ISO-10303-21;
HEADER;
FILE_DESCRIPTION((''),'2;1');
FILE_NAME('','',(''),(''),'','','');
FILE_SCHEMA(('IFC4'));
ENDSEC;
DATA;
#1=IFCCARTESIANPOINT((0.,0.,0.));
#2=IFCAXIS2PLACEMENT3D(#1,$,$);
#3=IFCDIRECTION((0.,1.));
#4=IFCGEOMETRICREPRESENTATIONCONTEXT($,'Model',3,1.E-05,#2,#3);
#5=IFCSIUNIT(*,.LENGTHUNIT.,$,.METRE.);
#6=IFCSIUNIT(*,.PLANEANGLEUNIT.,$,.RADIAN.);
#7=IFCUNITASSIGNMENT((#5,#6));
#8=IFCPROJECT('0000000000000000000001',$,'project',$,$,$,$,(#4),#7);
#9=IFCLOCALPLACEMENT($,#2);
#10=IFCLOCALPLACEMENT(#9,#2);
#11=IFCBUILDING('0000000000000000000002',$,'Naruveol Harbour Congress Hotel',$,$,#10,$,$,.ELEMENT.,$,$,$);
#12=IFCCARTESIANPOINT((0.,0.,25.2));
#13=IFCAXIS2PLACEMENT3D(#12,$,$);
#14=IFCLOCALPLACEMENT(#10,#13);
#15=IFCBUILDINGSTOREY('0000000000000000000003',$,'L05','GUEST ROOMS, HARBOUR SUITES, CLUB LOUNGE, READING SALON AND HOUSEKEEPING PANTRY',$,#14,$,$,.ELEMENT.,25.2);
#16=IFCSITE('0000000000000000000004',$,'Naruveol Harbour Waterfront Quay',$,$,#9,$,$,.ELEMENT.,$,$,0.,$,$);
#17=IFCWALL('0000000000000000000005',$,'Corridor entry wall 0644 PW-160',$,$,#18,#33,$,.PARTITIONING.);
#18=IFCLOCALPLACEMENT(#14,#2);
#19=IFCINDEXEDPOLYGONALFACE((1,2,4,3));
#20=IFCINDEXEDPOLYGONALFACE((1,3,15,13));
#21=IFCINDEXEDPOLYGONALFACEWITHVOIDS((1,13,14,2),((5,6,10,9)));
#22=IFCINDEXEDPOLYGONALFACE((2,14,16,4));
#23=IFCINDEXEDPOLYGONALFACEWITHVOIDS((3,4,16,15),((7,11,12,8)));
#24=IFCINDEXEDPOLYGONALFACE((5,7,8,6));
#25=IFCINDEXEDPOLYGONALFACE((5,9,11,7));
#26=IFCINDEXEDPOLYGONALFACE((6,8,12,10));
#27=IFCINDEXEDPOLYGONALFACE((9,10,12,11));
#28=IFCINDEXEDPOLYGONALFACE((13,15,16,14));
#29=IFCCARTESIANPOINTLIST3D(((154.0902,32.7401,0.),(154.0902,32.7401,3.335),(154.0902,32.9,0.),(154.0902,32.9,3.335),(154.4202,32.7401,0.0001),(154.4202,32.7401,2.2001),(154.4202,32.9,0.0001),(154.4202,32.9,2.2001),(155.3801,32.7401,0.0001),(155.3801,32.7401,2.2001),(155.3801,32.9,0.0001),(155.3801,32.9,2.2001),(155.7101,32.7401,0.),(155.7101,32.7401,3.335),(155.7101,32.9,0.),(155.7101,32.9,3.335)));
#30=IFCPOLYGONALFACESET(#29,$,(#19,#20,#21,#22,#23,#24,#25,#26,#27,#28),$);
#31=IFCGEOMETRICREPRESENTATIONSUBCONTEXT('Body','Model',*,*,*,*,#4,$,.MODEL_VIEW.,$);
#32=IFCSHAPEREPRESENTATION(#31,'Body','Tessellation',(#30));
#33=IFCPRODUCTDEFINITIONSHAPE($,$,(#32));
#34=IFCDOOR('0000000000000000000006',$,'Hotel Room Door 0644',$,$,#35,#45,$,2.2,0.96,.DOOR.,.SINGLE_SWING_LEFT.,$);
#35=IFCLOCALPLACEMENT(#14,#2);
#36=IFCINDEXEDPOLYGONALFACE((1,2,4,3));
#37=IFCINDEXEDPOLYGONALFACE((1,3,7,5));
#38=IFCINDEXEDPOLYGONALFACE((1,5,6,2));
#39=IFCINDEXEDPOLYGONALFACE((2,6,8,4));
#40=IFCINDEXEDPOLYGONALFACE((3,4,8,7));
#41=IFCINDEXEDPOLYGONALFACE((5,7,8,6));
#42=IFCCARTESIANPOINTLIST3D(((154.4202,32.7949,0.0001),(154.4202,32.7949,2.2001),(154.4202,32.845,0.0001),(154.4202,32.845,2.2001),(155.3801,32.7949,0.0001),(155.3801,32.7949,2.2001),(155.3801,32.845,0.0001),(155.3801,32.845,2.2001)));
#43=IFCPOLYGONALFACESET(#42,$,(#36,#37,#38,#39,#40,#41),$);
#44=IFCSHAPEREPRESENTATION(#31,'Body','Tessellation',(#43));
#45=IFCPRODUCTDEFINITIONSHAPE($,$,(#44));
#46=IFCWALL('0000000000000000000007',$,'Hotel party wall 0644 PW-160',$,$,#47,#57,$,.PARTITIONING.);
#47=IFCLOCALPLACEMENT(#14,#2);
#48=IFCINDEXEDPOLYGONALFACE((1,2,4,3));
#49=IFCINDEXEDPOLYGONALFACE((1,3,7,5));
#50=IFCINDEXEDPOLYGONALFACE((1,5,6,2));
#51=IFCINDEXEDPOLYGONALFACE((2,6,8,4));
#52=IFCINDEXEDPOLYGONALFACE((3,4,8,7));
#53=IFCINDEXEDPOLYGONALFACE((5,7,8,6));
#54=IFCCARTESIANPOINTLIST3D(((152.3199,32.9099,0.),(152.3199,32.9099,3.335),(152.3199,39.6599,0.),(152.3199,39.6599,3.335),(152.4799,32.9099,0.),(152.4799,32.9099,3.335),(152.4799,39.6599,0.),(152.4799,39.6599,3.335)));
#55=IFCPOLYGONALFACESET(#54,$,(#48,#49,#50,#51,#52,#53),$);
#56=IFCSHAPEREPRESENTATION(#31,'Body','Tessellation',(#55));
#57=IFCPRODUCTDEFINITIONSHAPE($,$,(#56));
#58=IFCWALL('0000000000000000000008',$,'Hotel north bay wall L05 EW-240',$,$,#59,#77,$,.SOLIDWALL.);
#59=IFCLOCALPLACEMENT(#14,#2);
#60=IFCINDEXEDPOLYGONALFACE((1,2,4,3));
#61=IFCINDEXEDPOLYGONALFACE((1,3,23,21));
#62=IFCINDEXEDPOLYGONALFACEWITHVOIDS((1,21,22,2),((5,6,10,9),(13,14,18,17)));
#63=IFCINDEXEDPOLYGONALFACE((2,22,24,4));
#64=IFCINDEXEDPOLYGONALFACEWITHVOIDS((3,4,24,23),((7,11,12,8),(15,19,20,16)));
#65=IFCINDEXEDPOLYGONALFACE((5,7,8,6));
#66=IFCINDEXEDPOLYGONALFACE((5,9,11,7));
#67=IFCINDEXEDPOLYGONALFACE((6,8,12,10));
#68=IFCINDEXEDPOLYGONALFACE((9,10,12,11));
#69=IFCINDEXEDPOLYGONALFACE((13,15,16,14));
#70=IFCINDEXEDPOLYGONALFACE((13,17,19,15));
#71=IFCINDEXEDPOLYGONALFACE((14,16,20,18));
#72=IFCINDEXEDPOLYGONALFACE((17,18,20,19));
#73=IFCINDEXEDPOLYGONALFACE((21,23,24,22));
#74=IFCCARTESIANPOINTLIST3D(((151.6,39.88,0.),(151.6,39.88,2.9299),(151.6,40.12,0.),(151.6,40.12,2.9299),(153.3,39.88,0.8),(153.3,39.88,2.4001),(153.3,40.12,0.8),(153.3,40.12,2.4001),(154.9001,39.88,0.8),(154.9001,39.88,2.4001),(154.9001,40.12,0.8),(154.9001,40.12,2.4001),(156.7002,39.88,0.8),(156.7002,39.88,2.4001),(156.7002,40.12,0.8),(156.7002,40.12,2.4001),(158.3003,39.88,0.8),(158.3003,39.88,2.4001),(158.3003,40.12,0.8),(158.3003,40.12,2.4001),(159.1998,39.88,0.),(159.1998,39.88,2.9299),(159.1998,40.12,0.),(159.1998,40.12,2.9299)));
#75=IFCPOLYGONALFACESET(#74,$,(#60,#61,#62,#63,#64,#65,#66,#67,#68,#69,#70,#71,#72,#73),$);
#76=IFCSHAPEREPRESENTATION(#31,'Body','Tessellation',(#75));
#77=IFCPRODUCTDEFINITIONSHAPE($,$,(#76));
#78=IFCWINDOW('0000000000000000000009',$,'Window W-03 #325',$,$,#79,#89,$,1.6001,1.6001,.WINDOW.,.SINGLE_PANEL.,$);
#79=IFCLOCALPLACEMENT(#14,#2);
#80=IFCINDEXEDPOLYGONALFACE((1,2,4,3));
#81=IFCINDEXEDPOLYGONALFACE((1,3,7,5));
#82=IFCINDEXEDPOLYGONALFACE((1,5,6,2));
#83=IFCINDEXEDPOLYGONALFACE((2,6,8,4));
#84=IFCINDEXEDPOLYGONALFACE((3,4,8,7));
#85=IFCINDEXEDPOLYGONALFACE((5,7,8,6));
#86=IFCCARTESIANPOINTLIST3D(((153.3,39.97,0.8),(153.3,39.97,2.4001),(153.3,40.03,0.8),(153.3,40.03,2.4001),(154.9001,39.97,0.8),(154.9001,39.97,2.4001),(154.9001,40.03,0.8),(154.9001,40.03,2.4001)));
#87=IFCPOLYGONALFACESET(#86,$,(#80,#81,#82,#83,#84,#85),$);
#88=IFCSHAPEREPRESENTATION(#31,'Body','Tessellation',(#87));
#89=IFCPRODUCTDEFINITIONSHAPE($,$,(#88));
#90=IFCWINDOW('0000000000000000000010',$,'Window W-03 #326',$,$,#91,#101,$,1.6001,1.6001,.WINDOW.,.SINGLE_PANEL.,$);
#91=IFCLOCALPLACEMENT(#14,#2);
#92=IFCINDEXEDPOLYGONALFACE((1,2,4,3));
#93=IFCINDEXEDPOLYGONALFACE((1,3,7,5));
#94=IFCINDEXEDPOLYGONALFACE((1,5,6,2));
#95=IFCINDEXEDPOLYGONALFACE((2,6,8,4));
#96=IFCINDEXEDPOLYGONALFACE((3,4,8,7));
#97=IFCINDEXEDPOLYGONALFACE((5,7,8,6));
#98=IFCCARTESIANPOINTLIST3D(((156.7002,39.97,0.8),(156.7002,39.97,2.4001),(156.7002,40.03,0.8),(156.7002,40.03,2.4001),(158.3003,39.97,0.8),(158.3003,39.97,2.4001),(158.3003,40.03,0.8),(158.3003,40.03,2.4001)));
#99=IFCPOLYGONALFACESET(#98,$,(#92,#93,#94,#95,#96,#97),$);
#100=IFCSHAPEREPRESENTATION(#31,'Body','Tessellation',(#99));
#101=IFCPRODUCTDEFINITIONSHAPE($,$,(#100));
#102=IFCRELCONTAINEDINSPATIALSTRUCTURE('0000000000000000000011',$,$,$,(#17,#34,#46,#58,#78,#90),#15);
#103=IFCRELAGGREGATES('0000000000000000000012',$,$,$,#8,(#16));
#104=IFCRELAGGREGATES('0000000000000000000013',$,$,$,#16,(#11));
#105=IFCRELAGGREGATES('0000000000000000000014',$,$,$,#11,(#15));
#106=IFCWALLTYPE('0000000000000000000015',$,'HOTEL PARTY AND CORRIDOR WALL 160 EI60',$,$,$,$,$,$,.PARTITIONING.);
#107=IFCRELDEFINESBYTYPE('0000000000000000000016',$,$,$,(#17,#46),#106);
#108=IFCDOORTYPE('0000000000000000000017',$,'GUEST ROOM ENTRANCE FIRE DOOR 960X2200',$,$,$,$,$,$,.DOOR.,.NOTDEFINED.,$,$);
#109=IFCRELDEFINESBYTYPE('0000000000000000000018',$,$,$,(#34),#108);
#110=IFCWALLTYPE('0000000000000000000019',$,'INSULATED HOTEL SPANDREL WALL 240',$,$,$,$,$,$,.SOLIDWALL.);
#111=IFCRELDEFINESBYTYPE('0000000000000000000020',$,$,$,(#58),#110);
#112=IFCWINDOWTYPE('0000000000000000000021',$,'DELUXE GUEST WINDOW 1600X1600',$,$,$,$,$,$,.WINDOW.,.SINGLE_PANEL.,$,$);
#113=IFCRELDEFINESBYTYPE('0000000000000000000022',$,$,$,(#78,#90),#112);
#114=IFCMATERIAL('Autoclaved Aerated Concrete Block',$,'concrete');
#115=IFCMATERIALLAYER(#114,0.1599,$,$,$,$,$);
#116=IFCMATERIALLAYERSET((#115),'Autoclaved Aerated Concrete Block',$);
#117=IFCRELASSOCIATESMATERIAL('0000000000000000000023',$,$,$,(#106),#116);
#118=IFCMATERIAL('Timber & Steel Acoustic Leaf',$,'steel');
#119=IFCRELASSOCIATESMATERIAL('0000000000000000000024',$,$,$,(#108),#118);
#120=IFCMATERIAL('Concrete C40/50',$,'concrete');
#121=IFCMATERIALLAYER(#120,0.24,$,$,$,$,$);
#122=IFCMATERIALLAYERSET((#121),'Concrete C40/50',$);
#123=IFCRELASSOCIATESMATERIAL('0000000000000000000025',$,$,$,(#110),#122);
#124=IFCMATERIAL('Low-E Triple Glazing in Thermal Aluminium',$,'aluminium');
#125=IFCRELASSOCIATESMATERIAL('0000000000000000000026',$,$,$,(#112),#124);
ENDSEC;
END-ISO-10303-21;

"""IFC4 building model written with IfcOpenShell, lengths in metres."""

from ifc_helpers import new_model, si_unit, direction, frame, frame_2d, origin, place, context, subcontext, project, spatial, rectangle, extrude, material, layer, layer_set, type_object, element, fill, save


model = new_model("IFC4")

# Units and contexts
model_context = context("Model", 3, precision=1e-05, world=origin(), true_north=direction((0.0, 1.0)))
body_context = subcontext(model_context, "Body", "Model", "MODEL_VIEW")
ifc_project = project(units=[si_unit("LENGTHUNIT", "METRE"), si_unit("PLANEANGLEUNIT", "RADIAN")], contexts=[model_context])

# Site, building, storey
site_placement = place(None, origin())
site = spatial("IfcSite", under=ifc_project, at=site_placement, Name="Naruveol Harbour Waterfront Quay", CompositionType="ELEMENT", RefElevation=0.0)
building_placement = place(site_placement, origin())
building = spatial("IfcBuilding", under=site, at=building_placement, Name="Naruveol Harbour Congress Hotel", CompositionType="ELEMENT")
storey_placement = place(building_placement, frame((0.0, 0.0, 25.2)))
storey = spatial("IfcBuildingStorey", under=building, at=storey_placement, Name="L05", Description="GUEST ROOMS, HARBOUR SUITES, CLUB LOUNGE, READING SALON AND HOUSEKEEPING PANTRY", CompositionType="ELEMENT", Elevation=25.2)

# Shared definitions
ifc_material_1 = material(Name="Autoclaved Aerated Concrete Block", Category="concrete")
ifc_layer_1 = layer(ifc_material_1, 0.1599)
ifc_layer_set_1 = layer_set([ifc_layer_1], Name="Autoclaved Aerated Concrete Block")
wall_type_1 = type_object("IfcWallType", Name="HOTEL PARTY AND CORRIDOR WALL 160 EI60", PredefinedType="PARTITIONING", material=ifc_layer_set_1)
ifc_material_2 = material(Name="Timber & Steel Acoustic Leaf", Category="steel")
door_type_1 = type_object("IfcDoorType", Name="GUEST ROOM ENTRANCE FIRE DOOR 960X2200", OperationType="NOTDEFINED", PredefinedType="DOOR", material=ifc_material_2)

# Wall, opening, door
wall_1_placement = place(storey_placement, frame((154.0901, 32.8201, 0.0), z_axis=(0.0, 0.0, 1.0), x_axis=(1.0, 0.0, 0.0)))
wall_1 = element("IfcWall", 1, at=wall_1_placement, inside=storey, type_object=wall_type_1, Name="Corridor entry wall 0644 PW-160", PredefinedType="PARTITIONING", context=body_context, shape_type="SweptSolid", body=[
    extrude(rectangle(XDim=1.6199, YDim=0.1599, at=frame_2d((0.8101, 0.0))), origin(), (0.0, 0.0, 1.0), 3.335),
])
opening_1_placement = place(wall_1_placement, frame((0.3301, 0.0, 0.0)))
opening_1 = element("IfcOpeningElement", 2, at=opening_1_placement, cuts=wall_1, PredefinedType="OPENING", context=body_context, shape_type="SweptSolid", body=[
    extrude(rectangle(XDim=0.96, YDim=2.2, at=frame_2d((0.48, 1.1001))), frame((0.0, 0.0898, 0.0), z_axis=(0.0, -1.0, 0.0), x_axis=(1.0, 0.0, 0.0)), (0.0, 0.0, 1.0), 0.1799),
])
door_1_placement = place(opening_1_placement, origin())
door_1 = element("IfcDoor", 3, at=door_1_placement, inside=storey, type_object=door_type_1, Name="Hotel Room Door 0644", OperationType="SINGLE_SWING_LEFT", OverallHeight=2.2, OverallWidth=0.96, PredefinedType="DOOR", context=body_context, shape_type="SweptSolid", body=[
    extrude(rectangle(XDim=0.96, YDim=2.2, at=frame_2d((0.48, 1.1001))), frame((0.0, 0.0249, 0.0), z_axis=(0.0, -1.0, 0.0), x_axis=(1.0, 0.0, 0.0)), (0.0, 0.0, 1.0), 0.05),
])
fill(opening_1, door_1)

# Wall
wall_2_placement = place(storey_placement, frame((152.3999, 32.9099, 0.0), z_axis=(0.0, 0.0, 1.0), x_axis=(0.0, 1.0, 0.0)))
element("IfcWall", 4, at=wall_2_placement, inside=storey, type_object=wall_type_1, Name="Hotel party wall 0644 PW-160", PredefinedType="PARTITIONING", context=body_context, shape_type="SweptSolid", body=[
    extrude(rectangle(XDim=6.75, YDim=0.1599, at=frame_2d((3.375, 0.0))), origin(), (0.0, 0.0, 1.0), 3.335),
])

# Wall, openings, windows
ifc_material_3 = material(Name="Concrete C40/50", Category="concrete")
ifc_layer_2 = layer(ifc_material_3, 0.24)
ifc_layer_set_2 = layer_set([ifc_layer_2], Name="Concrete C40/50")
wall_type_2 = type_object("IfcWallType", Name="INSULATED HOTEL SPANDREL WALL 240", PredefinedType="SOLIDWALL", material=ifc_layer_set_2)
wall_3_placement = place(storey_placement, frame((151.6001, 40.0, 0.0), z_axis=(0.0, 0.0, 1.0), x_axis=(1.0, 0.0, 0.0)))
wall_3 = element("IfcWall", 5, at=wall_3_placement, inside=storey, type_object=wall_type_2, Name="Hotel north bay wall L05 EW-240", PredefinedType="SOLIDWALL", context=body_context, shape_type="SweptSolid", body=[
    extrude(rectangle(XDim=7.5999, YDim=0.24, at=frame_2d((3.7998, 0.0))), origin(), (0.0, 0.0, 1.0), 2.9299),
])
opening_2_placement = place(wall_3_placement, frame((1.7, 0.0, 0.8)))
opening_2 = element("IfcOpeningElement", 6, at=opening_2_placement, cuts=wall_3, PredefinedType="OPENING", context=body_context, shape_type="SweptSolid", body=[
    extrude(rectangle(XDim=1.6001, YDim=1.6001, at=frame_2d((0.8, 0.8))), frame((0.0, 0.1299, 0.0), z_axis=(0.0, -1.0, 0.0), x_axis=(1.0, 0.0, 0.0)), (0.0, 0.0, 1.0), 0.26),
])
opening_3_placement = place(wall_3_placement, frame((5.1001, 0.0, 0.8)))
opening_3 = element("IfcOpeningElement", 7, at=opening_3_placement, cuts=wall_3, PredefinedType="OPENING", context=body_context, shape_type="SweptSolid", body=[
    extrude(rectangle(XDim=1.6001, YDim=1.6001, at=frame_2d((0.8, 0.8))), frame((0.0, 0.1299, 0.0), z_axis=(0.0, -1.0, 0.0), x_axis=(1.0, 0.0, 0.0)), (0.0, 0.0, 1.0), 0.26),
])
ifc_material_4 = material(Name="Low-E Triple Glazing in Thermal Aluminium", Category="aluminium")
window_type = type_object("IfcWindowType", Name="DELUXE GUEST WINDOW 1600X1600", PartitioningType="SINGLE_PANEL", PredefinedType="WINDOW", material=ifc_material_4)
window_1_placement = place(opening_2_placement, origin())
window_1 = element("IfcWindow", 8, at=window_1_placement, inside=storey, type_object=window_type, Name="Window W-03 #325", OverallHeight=1.6001, OverallWidth=1.6001, PartitioningType="SINGLE_PANEL", PredefinedType="WINDOW", context=body_context, shape_type="SweptSolid", body=[
    extrude(rectangle(XDim=1.6001, YDim=1.6001, at=frame_2d((0.8, 0.8))), frame((0.0, 0.03, 0.0), z_axis=(0.0, -1.0, 0.0), x_axis=(1.0, 0.0, 0.0)), (0.0, 0.0, 1.0), 0.0601),
])
fill(opening_2, window_1)
window_2_placement = place(opening_3_placement, origin())
window_2 = element("IfcWindow", 9, at=window_2_placement, inside=storey, type_object=window_type, Name="Window W-03 #326", OverallHeight=1.6001, OverallWidth=1.6001, PartitioningType="SINGLE_PANEL", PredefinedType="WINDOW", context=body_context, shape_type="SweptSolid", body=[
    extrude(rectangle(XDim=1.6001, YDim=1.6001, at=frame_2d((0.8, 0.8))), frame((0.0, 0.03, 0.0), z_axis=(0.0, -1.0, 0.0), x_axis=(1.0, 0.0, 0.0)), (0.0, 0.0, 1.0), 0.0601),
])
fill(opening_3, window_2)

save(model, "model.ifc")
